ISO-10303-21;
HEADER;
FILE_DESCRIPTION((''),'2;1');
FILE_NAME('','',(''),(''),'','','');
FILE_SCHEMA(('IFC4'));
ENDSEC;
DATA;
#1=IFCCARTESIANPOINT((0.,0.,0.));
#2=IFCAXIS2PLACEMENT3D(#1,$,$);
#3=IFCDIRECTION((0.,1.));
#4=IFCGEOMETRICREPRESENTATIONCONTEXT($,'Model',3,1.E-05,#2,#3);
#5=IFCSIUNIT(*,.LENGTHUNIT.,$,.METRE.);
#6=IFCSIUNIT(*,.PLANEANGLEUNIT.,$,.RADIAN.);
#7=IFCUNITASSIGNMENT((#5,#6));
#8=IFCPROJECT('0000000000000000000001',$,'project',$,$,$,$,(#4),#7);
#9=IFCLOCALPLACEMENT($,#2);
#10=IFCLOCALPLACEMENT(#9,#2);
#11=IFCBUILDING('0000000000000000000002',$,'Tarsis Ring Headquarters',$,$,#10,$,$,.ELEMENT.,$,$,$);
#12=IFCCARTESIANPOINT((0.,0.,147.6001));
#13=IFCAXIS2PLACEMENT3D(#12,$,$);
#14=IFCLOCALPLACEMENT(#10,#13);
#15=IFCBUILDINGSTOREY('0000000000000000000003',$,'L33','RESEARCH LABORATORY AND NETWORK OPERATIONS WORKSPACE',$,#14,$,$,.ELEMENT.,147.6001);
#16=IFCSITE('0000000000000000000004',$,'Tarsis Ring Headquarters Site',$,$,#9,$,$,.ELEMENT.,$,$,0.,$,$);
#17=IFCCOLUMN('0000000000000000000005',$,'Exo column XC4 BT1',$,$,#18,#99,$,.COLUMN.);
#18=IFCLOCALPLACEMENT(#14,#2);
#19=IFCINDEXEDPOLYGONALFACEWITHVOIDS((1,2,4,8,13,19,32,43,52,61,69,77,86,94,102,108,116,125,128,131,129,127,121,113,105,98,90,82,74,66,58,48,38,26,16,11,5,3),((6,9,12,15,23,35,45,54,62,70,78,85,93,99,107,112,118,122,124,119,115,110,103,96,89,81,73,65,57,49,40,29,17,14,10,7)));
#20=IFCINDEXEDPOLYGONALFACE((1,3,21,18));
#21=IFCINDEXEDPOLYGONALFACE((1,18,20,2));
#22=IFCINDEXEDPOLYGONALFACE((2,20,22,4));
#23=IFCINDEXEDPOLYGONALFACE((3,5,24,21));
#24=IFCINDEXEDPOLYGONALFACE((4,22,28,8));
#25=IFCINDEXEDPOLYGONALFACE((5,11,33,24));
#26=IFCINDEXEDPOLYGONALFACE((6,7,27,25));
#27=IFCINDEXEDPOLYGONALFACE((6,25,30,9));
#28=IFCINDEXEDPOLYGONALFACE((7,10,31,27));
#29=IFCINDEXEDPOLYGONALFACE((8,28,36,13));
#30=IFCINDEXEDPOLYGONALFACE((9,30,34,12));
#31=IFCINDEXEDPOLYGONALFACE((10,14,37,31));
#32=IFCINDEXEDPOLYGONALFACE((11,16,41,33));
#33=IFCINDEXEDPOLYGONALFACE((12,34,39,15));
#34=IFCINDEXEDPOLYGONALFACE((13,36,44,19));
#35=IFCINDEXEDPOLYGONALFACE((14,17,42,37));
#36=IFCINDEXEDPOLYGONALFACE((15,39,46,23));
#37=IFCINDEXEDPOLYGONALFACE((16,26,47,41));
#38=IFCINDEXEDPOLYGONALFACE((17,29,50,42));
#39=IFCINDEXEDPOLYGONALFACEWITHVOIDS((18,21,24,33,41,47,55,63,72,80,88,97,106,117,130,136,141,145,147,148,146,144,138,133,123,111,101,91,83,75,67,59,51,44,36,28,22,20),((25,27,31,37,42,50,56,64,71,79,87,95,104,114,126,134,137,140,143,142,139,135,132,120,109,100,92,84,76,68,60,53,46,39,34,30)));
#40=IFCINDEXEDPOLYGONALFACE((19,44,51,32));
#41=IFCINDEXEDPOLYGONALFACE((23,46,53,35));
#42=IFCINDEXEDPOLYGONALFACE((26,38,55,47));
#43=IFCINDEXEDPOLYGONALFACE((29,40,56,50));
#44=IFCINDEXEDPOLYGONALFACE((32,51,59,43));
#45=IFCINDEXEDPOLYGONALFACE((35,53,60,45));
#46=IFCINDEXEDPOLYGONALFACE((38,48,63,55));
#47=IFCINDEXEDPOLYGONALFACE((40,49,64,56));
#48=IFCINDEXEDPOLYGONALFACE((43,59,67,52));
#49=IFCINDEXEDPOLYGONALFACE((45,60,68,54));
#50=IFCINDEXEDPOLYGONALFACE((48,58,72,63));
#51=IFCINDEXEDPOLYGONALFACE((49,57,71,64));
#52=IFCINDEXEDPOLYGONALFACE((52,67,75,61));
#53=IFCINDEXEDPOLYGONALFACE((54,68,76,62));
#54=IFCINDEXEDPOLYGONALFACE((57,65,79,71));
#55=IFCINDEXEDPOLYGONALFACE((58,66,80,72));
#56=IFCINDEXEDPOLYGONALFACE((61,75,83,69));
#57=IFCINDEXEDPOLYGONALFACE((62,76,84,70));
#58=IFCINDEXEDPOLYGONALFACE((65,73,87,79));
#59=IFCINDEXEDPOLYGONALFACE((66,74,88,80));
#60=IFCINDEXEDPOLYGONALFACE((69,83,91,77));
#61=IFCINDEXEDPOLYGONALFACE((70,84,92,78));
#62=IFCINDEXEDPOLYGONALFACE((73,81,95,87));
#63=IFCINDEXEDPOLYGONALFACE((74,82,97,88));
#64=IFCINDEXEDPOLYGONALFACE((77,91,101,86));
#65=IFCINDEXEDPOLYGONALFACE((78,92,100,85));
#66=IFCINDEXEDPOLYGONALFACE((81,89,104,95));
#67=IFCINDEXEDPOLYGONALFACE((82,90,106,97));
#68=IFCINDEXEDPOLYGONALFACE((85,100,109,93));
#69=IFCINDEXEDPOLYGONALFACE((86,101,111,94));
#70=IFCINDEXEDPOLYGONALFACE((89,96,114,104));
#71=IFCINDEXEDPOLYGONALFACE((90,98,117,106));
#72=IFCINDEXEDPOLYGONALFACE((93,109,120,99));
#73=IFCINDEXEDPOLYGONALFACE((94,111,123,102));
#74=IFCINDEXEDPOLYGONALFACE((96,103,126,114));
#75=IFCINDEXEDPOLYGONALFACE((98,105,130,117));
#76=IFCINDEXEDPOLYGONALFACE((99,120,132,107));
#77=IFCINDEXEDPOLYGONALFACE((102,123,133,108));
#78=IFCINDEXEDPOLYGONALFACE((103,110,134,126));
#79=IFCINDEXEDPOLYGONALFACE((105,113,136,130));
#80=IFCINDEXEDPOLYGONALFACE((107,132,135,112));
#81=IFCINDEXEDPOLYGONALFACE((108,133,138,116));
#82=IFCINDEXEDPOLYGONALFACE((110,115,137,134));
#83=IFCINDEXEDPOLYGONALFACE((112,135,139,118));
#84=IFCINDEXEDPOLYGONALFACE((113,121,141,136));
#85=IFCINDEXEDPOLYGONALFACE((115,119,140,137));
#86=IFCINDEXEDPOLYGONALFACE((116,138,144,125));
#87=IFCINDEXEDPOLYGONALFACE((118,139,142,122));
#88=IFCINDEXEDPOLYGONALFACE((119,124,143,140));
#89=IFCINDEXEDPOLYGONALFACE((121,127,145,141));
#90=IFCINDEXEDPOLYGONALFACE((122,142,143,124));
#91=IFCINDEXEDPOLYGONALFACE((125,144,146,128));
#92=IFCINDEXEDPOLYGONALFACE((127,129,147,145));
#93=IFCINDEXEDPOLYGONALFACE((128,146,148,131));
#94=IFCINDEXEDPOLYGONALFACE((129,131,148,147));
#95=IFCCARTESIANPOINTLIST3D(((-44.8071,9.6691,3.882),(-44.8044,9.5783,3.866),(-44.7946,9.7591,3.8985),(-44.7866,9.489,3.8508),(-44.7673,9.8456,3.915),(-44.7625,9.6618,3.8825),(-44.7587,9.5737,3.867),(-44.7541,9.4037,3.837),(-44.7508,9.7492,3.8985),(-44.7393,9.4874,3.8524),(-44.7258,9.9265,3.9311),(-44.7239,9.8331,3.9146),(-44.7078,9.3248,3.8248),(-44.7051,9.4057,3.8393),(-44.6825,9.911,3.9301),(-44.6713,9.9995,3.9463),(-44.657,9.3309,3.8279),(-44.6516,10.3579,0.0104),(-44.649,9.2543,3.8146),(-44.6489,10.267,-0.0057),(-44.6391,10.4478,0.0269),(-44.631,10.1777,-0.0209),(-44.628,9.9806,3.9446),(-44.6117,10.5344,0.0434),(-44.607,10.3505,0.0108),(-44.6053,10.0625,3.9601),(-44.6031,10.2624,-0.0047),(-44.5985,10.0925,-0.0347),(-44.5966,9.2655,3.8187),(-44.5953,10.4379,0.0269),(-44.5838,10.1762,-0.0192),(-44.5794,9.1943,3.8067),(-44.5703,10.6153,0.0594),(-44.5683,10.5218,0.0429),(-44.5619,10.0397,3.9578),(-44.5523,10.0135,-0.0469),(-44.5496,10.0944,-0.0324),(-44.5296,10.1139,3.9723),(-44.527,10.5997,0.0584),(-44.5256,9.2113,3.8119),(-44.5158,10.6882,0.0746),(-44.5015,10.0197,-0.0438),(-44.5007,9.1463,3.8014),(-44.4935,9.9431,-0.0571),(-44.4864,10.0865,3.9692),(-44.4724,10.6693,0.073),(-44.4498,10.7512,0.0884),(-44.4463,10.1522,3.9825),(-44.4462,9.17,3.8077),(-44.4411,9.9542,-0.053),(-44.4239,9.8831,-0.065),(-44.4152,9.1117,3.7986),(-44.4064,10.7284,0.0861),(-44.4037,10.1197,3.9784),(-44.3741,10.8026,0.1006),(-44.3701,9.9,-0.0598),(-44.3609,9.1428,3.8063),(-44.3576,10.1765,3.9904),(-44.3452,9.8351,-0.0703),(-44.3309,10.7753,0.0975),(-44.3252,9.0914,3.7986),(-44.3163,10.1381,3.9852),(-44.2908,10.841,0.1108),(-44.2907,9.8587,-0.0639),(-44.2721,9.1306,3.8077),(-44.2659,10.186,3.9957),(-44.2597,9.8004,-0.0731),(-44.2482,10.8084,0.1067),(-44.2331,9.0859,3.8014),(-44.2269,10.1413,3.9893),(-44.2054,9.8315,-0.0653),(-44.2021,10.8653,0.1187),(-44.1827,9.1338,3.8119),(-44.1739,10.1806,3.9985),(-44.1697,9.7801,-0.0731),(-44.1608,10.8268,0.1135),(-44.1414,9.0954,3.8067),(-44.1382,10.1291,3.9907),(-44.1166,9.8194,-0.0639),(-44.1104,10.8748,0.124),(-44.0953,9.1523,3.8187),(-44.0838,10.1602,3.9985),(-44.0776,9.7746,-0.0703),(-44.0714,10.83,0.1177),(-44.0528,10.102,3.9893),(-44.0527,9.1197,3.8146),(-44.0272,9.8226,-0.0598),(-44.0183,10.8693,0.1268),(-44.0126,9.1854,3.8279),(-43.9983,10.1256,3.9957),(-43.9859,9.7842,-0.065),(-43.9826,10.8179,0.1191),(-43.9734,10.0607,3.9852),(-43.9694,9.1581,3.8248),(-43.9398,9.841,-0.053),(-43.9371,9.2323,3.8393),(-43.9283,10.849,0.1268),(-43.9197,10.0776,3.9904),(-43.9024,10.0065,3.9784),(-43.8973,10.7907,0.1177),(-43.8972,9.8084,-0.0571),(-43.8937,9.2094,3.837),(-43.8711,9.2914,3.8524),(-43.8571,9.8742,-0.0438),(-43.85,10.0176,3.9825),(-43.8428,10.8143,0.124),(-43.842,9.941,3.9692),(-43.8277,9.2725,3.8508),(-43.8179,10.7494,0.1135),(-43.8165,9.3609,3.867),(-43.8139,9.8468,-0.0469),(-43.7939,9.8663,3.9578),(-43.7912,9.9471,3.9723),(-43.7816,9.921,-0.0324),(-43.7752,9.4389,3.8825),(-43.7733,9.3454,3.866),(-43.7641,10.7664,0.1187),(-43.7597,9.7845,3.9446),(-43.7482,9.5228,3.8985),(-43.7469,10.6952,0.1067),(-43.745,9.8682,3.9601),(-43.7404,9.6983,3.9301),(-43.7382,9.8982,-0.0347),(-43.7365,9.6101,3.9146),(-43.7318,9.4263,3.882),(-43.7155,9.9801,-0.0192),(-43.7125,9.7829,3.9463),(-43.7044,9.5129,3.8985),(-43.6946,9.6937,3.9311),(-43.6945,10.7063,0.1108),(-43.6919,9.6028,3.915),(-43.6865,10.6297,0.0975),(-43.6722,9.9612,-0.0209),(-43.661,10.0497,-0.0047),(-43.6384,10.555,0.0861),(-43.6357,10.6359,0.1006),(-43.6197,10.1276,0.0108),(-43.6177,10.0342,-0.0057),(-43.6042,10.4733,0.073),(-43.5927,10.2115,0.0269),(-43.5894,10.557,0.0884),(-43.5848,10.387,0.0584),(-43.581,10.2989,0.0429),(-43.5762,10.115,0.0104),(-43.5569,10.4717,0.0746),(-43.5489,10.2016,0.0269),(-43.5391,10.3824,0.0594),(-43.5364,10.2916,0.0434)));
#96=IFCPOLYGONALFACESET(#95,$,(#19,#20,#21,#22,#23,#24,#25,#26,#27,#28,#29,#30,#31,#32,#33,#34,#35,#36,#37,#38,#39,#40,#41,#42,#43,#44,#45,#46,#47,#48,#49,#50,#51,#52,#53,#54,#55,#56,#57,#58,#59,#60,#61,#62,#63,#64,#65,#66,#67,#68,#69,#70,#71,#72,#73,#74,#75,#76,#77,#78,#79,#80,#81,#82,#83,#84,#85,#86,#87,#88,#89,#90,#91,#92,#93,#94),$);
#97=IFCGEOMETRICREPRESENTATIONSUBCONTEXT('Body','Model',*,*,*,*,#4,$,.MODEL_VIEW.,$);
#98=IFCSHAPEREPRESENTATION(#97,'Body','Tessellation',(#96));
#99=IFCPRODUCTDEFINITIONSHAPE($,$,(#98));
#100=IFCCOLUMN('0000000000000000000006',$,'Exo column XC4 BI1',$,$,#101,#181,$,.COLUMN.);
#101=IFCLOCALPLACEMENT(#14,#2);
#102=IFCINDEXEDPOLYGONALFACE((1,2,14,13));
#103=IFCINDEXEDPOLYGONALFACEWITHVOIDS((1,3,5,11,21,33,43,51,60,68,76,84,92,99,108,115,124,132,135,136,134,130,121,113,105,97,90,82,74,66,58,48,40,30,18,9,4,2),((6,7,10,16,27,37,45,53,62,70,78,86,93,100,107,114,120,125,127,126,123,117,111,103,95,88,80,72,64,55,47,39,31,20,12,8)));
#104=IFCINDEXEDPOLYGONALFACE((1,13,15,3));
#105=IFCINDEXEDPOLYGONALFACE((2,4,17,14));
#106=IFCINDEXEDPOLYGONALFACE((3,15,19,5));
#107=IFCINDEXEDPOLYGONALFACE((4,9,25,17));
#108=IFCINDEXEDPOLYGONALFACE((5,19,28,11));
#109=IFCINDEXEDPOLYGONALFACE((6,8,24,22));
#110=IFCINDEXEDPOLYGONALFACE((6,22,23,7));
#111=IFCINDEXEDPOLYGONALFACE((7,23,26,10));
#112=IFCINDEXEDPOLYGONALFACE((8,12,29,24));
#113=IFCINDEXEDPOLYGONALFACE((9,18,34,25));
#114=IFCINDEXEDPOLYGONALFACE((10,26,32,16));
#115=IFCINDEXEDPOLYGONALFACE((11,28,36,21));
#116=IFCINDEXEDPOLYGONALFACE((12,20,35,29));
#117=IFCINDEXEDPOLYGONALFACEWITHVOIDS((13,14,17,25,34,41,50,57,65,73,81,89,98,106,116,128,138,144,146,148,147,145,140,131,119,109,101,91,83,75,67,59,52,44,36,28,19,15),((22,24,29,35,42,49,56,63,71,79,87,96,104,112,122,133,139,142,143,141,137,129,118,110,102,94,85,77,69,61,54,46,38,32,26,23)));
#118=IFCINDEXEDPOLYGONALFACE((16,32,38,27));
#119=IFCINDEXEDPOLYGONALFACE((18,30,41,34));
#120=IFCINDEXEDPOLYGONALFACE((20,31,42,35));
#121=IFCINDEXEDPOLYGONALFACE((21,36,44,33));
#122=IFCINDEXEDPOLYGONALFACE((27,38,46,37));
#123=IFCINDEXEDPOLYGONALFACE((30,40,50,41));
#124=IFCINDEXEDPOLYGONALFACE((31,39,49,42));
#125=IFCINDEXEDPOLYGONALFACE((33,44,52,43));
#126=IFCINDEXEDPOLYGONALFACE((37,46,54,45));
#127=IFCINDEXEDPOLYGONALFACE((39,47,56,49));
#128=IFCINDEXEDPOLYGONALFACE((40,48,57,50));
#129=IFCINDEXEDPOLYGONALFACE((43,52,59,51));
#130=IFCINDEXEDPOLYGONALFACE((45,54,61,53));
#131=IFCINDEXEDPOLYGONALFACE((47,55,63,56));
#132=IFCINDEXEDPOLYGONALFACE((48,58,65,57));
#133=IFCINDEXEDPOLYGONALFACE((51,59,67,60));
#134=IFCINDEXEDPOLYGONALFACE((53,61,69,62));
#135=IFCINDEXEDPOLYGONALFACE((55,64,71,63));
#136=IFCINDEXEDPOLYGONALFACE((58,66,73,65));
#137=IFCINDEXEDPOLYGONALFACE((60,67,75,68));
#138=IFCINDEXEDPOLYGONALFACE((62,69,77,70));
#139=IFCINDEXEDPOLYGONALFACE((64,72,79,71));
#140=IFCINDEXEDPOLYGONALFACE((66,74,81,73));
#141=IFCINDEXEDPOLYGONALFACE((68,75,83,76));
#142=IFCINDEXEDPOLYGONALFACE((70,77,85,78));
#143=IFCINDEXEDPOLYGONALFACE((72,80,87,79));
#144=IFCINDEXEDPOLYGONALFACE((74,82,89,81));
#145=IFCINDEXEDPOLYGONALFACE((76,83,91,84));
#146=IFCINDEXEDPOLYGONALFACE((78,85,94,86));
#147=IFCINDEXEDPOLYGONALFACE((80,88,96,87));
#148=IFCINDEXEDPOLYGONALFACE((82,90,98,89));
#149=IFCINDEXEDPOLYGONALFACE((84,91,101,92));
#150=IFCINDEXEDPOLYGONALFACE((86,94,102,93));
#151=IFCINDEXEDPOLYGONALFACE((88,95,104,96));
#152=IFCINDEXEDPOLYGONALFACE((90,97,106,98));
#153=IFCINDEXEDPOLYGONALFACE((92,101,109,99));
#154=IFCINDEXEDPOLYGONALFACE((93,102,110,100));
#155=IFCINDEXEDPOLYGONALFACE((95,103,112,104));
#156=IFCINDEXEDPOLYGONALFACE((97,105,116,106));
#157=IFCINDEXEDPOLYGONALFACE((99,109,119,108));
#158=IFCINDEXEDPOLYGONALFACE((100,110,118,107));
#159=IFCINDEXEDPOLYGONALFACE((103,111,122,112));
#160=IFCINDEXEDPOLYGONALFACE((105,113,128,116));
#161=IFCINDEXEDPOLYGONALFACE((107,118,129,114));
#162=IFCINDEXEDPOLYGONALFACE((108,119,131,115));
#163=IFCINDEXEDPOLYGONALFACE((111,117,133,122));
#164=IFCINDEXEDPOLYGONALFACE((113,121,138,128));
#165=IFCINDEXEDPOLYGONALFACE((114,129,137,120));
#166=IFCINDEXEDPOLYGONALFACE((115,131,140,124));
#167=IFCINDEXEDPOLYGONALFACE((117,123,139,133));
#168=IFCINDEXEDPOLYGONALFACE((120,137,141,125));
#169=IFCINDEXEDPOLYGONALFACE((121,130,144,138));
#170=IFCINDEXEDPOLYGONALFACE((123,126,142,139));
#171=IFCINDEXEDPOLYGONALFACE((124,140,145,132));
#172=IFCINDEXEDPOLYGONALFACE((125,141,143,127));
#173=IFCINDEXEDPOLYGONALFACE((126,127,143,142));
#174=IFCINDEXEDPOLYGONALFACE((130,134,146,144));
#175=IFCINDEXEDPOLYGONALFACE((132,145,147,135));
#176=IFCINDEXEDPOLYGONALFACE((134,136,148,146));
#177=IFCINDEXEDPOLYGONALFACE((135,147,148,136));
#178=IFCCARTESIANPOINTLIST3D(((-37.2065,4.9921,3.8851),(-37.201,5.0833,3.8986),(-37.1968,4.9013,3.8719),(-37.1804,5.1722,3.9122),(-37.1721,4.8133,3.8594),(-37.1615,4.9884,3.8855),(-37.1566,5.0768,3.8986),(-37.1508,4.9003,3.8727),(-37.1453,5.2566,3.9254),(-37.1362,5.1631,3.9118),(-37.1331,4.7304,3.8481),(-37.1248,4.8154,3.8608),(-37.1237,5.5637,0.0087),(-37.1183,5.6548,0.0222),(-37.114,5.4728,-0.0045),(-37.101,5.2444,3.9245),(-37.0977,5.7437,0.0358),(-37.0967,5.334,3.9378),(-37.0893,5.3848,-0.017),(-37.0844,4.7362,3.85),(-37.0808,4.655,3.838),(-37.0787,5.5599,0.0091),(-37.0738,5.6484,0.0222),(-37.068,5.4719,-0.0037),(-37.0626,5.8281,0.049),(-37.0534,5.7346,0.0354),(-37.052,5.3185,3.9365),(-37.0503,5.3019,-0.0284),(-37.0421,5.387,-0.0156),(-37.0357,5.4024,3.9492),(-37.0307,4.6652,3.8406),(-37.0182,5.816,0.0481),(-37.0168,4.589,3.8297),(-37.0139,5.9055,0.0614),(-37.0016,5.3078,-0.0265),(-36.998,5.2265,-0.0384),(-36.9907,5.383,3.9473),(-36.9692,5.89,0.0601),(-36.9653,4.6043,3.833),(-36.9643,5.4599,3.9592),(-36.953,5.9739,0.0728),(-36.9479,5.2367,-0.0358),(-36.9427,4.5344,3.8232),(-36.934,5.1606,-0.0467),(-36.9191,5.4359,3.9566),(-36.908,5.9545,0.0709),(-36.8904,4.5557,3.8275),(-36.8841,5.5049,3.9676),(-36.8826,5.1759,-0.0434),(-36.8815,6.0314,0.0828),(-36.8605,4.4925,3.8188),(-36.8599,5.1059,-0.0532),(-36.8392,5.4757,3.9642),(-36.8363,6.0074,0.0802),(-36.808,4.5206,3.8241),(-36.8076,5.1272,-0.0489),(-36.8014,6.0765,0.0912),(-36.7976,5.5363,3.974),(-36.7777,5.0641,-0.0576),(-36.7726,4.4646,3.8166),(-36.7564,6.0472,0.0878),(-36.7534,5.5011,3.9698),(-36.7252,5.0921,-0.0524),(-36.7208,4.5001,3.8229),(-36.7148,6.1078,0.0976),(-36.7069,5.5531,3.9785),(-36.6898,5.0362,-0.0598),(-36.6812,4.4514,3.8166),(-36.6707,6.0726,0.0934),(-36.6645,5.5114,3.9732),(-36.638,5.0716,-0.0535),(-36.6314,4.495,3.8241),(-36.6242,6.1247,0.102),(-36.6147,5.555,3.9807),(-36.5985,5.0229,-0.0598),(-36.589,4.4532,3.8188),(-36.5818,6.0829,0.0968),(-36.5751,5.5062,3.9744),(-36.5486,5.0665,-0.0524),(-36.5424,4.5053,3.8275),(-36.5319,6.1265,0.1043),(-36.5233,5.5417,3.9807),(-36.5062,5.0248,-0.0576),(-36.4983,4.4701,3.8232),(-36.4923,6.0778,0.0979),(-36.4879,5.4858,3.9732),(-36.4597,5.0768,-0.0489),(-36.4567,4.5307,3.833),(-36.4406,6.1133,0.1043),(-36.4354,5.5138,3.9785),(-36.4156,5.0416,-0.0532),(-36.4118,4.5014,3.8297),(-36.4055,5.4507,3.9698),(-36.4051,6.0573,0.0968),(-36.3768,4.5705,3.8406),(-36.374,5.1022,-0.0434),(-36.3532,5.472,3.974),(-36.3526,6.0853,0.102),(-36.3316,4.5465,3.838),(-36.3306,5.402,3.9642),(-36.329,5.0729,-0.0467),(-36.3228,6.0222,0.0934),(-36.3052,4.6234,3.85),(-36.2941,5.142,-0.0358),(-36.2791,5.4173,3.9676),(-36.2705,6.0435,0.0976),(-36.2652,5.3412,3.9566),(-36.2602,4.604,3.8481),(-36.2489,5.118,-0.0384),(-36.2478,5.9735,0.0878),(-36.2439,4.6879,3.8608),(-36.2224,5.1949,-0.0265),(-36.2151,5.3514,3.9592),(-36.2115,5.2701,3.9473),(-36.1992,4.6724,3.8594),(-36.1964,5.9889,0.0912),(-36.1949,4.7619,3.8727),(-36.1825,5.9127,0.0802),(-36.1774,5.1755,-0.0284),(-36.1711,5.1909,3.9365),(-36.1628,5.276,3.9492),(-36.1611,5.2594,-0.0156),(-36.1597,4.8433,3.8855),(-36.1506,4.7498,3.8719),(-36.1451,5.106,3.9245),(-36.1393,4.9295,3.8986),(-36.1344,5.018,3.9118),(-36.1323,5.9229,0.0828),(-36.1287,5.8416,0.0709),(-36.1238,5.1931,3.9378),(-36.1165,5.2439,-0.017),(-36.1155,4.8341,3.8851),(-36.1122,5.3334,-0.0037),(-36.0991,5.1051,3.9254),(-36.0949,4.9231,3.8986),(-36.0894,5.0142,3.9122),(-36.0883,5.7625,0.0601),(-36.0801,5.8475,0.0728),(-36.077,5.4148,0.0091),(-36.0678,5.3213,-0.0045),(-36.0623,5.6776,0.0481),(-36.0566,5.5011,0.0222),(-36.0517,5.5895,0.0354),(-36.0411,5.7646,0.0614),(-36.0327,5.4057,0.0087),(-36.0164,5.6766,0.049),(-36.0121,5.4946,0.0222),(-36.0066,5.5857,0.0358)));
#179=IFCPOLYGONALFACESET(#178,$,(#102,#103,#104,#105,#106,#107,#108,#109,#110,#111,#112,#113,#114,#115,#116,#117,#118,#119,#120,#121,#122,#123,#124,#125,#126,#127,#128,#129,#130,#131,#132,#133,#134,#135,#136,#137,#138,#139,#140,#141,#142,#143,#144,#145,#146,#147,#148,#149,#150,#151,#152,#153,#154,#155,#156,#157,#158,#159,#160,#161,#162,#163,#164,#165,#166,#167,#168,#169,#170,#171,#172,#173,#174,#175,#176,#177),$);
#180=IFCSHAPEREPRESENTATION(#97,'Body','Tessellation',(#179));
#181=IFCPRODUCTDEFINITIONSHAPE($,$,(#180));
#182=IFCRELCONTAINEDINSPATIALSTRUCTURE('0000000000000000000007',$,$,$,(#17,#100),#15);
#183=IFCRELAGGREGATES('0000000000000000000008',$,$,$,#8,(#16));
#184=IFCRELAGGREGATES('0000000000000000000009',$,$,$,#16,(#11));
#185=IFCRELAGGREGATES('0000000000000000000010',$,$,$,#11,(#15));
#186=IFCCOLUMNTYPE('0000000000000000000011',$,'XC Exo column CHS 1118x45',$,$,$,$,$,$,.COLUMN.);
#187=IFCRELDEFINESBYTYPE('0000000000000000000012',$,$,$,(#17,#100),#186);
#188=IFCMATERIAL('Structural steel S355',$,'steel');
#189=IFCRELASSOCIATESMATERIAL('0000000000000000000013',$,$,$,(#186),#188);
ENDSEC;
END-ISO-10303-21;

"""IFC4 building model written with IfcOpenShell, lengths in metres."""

from ifc_helpers import new_model, si_unit, direction, frame, origin, origin_2d, place, context, subcontext, project, spatial, hollow_circle, extrude, material, material_profile, profile_set, type_object, element, save


model = new_model("IFC4")

# Units and contexts
model_context = context("Model", 3, precision=1e-05, world=origin(), true_north=direction((0.0, 1.0)))
body_context = subcontext(model_context, "Body", "Model", "MODEL_VIEW")
ifc_project = project(units=[si_unit("LENGTHUNIT", "METRE"), si_unit("PLANEANGLEUNIT", "RADIAN")], contexts=[model_context])

# Site, building, storey
site_placement = place(None, origin())
site = spatial("IfcSite", under=ifc_project, at=site_placement, Name="Tarsis Ring Headquarters Site", CompositionType="ELEMENT", RefElevation=0.0)
building_placement = place(site_placement, origin())
building = spatial("IfcBuilding", under=site, at=building_placement, Name="Tarsis Ring Headquarters", CompositionType="ELEMENT")
storey_placement = place(building_placement, frame((0.0, 0.0, 147.6001)))
storey = spatial("IfcBuildingStorey", under=building, at=storey_placement, Name="L33", Description="RESEARCH LABORATORY AND NETWORK OPERATIONS WORKSPACE", CompositionType="ELEMENT", Elevation=147.6001)

# Columns
ifc_material_1 = material(Name="Structural steel S355", Category="steel")
ifc_material_profile_1 = material_profile(ifc_material_1, hollow_circle(Radius=0.5588, WallThickness=0.0449, at=origin_2d()), Name="CHS 1118x45")
ifc_profile_set_1 = profile_set([ifc_material_profile_1], Name="Structural steel S355")
column_type = type_object("IfcColumnType", Name="XC Exo column CHS 1118x45", PredefinedType="COLUMN", material=ifc_profile_set_1)
column_1_placement = place(storey_placement, frame((-44.094, 10.3247, 0.0269), z_axis=(-0.039517, -0.175005, 0.983774), x_axis=(0.975441, -0.220261, 0.0)))
element("IfcColumn", 1, at=column_1_placement, inside=storey, type_object=column_type, Name="Exo column XC4 BT1", PredefinedType="COLUMN", context=body_context, shape_type="SweptSolid", body=[
    extrude(hollow_circle(Radius=0.5588, WallThickness=0.0449, at=origin_2d()), origin(), (0.0, 0.0, 1.0), 3.9355),
])
column_2_placement = place(storey_placement, frame((-36.5652, 5.5747, 0.0222), z_axis=(-0.021117, -0.145827, 0.989085), x_axis=(0.989677, -0.143315, 0.0)))
element("IfcColumn", 2, at=column_2_placement, inside=storey, type_object=column_type, Name="Exo column XC4 BI1", PredefinedType="COLUMN", context=body_context, shape_type="SweptSolid", body=[
    extrude(hollow_circle(Radius=0.5588, WallThickness=0.0449, at=origin_2d()), origin(), (0.0, 0.0, 1.0), 3.9192),
])

save(model, "model.ifc")
